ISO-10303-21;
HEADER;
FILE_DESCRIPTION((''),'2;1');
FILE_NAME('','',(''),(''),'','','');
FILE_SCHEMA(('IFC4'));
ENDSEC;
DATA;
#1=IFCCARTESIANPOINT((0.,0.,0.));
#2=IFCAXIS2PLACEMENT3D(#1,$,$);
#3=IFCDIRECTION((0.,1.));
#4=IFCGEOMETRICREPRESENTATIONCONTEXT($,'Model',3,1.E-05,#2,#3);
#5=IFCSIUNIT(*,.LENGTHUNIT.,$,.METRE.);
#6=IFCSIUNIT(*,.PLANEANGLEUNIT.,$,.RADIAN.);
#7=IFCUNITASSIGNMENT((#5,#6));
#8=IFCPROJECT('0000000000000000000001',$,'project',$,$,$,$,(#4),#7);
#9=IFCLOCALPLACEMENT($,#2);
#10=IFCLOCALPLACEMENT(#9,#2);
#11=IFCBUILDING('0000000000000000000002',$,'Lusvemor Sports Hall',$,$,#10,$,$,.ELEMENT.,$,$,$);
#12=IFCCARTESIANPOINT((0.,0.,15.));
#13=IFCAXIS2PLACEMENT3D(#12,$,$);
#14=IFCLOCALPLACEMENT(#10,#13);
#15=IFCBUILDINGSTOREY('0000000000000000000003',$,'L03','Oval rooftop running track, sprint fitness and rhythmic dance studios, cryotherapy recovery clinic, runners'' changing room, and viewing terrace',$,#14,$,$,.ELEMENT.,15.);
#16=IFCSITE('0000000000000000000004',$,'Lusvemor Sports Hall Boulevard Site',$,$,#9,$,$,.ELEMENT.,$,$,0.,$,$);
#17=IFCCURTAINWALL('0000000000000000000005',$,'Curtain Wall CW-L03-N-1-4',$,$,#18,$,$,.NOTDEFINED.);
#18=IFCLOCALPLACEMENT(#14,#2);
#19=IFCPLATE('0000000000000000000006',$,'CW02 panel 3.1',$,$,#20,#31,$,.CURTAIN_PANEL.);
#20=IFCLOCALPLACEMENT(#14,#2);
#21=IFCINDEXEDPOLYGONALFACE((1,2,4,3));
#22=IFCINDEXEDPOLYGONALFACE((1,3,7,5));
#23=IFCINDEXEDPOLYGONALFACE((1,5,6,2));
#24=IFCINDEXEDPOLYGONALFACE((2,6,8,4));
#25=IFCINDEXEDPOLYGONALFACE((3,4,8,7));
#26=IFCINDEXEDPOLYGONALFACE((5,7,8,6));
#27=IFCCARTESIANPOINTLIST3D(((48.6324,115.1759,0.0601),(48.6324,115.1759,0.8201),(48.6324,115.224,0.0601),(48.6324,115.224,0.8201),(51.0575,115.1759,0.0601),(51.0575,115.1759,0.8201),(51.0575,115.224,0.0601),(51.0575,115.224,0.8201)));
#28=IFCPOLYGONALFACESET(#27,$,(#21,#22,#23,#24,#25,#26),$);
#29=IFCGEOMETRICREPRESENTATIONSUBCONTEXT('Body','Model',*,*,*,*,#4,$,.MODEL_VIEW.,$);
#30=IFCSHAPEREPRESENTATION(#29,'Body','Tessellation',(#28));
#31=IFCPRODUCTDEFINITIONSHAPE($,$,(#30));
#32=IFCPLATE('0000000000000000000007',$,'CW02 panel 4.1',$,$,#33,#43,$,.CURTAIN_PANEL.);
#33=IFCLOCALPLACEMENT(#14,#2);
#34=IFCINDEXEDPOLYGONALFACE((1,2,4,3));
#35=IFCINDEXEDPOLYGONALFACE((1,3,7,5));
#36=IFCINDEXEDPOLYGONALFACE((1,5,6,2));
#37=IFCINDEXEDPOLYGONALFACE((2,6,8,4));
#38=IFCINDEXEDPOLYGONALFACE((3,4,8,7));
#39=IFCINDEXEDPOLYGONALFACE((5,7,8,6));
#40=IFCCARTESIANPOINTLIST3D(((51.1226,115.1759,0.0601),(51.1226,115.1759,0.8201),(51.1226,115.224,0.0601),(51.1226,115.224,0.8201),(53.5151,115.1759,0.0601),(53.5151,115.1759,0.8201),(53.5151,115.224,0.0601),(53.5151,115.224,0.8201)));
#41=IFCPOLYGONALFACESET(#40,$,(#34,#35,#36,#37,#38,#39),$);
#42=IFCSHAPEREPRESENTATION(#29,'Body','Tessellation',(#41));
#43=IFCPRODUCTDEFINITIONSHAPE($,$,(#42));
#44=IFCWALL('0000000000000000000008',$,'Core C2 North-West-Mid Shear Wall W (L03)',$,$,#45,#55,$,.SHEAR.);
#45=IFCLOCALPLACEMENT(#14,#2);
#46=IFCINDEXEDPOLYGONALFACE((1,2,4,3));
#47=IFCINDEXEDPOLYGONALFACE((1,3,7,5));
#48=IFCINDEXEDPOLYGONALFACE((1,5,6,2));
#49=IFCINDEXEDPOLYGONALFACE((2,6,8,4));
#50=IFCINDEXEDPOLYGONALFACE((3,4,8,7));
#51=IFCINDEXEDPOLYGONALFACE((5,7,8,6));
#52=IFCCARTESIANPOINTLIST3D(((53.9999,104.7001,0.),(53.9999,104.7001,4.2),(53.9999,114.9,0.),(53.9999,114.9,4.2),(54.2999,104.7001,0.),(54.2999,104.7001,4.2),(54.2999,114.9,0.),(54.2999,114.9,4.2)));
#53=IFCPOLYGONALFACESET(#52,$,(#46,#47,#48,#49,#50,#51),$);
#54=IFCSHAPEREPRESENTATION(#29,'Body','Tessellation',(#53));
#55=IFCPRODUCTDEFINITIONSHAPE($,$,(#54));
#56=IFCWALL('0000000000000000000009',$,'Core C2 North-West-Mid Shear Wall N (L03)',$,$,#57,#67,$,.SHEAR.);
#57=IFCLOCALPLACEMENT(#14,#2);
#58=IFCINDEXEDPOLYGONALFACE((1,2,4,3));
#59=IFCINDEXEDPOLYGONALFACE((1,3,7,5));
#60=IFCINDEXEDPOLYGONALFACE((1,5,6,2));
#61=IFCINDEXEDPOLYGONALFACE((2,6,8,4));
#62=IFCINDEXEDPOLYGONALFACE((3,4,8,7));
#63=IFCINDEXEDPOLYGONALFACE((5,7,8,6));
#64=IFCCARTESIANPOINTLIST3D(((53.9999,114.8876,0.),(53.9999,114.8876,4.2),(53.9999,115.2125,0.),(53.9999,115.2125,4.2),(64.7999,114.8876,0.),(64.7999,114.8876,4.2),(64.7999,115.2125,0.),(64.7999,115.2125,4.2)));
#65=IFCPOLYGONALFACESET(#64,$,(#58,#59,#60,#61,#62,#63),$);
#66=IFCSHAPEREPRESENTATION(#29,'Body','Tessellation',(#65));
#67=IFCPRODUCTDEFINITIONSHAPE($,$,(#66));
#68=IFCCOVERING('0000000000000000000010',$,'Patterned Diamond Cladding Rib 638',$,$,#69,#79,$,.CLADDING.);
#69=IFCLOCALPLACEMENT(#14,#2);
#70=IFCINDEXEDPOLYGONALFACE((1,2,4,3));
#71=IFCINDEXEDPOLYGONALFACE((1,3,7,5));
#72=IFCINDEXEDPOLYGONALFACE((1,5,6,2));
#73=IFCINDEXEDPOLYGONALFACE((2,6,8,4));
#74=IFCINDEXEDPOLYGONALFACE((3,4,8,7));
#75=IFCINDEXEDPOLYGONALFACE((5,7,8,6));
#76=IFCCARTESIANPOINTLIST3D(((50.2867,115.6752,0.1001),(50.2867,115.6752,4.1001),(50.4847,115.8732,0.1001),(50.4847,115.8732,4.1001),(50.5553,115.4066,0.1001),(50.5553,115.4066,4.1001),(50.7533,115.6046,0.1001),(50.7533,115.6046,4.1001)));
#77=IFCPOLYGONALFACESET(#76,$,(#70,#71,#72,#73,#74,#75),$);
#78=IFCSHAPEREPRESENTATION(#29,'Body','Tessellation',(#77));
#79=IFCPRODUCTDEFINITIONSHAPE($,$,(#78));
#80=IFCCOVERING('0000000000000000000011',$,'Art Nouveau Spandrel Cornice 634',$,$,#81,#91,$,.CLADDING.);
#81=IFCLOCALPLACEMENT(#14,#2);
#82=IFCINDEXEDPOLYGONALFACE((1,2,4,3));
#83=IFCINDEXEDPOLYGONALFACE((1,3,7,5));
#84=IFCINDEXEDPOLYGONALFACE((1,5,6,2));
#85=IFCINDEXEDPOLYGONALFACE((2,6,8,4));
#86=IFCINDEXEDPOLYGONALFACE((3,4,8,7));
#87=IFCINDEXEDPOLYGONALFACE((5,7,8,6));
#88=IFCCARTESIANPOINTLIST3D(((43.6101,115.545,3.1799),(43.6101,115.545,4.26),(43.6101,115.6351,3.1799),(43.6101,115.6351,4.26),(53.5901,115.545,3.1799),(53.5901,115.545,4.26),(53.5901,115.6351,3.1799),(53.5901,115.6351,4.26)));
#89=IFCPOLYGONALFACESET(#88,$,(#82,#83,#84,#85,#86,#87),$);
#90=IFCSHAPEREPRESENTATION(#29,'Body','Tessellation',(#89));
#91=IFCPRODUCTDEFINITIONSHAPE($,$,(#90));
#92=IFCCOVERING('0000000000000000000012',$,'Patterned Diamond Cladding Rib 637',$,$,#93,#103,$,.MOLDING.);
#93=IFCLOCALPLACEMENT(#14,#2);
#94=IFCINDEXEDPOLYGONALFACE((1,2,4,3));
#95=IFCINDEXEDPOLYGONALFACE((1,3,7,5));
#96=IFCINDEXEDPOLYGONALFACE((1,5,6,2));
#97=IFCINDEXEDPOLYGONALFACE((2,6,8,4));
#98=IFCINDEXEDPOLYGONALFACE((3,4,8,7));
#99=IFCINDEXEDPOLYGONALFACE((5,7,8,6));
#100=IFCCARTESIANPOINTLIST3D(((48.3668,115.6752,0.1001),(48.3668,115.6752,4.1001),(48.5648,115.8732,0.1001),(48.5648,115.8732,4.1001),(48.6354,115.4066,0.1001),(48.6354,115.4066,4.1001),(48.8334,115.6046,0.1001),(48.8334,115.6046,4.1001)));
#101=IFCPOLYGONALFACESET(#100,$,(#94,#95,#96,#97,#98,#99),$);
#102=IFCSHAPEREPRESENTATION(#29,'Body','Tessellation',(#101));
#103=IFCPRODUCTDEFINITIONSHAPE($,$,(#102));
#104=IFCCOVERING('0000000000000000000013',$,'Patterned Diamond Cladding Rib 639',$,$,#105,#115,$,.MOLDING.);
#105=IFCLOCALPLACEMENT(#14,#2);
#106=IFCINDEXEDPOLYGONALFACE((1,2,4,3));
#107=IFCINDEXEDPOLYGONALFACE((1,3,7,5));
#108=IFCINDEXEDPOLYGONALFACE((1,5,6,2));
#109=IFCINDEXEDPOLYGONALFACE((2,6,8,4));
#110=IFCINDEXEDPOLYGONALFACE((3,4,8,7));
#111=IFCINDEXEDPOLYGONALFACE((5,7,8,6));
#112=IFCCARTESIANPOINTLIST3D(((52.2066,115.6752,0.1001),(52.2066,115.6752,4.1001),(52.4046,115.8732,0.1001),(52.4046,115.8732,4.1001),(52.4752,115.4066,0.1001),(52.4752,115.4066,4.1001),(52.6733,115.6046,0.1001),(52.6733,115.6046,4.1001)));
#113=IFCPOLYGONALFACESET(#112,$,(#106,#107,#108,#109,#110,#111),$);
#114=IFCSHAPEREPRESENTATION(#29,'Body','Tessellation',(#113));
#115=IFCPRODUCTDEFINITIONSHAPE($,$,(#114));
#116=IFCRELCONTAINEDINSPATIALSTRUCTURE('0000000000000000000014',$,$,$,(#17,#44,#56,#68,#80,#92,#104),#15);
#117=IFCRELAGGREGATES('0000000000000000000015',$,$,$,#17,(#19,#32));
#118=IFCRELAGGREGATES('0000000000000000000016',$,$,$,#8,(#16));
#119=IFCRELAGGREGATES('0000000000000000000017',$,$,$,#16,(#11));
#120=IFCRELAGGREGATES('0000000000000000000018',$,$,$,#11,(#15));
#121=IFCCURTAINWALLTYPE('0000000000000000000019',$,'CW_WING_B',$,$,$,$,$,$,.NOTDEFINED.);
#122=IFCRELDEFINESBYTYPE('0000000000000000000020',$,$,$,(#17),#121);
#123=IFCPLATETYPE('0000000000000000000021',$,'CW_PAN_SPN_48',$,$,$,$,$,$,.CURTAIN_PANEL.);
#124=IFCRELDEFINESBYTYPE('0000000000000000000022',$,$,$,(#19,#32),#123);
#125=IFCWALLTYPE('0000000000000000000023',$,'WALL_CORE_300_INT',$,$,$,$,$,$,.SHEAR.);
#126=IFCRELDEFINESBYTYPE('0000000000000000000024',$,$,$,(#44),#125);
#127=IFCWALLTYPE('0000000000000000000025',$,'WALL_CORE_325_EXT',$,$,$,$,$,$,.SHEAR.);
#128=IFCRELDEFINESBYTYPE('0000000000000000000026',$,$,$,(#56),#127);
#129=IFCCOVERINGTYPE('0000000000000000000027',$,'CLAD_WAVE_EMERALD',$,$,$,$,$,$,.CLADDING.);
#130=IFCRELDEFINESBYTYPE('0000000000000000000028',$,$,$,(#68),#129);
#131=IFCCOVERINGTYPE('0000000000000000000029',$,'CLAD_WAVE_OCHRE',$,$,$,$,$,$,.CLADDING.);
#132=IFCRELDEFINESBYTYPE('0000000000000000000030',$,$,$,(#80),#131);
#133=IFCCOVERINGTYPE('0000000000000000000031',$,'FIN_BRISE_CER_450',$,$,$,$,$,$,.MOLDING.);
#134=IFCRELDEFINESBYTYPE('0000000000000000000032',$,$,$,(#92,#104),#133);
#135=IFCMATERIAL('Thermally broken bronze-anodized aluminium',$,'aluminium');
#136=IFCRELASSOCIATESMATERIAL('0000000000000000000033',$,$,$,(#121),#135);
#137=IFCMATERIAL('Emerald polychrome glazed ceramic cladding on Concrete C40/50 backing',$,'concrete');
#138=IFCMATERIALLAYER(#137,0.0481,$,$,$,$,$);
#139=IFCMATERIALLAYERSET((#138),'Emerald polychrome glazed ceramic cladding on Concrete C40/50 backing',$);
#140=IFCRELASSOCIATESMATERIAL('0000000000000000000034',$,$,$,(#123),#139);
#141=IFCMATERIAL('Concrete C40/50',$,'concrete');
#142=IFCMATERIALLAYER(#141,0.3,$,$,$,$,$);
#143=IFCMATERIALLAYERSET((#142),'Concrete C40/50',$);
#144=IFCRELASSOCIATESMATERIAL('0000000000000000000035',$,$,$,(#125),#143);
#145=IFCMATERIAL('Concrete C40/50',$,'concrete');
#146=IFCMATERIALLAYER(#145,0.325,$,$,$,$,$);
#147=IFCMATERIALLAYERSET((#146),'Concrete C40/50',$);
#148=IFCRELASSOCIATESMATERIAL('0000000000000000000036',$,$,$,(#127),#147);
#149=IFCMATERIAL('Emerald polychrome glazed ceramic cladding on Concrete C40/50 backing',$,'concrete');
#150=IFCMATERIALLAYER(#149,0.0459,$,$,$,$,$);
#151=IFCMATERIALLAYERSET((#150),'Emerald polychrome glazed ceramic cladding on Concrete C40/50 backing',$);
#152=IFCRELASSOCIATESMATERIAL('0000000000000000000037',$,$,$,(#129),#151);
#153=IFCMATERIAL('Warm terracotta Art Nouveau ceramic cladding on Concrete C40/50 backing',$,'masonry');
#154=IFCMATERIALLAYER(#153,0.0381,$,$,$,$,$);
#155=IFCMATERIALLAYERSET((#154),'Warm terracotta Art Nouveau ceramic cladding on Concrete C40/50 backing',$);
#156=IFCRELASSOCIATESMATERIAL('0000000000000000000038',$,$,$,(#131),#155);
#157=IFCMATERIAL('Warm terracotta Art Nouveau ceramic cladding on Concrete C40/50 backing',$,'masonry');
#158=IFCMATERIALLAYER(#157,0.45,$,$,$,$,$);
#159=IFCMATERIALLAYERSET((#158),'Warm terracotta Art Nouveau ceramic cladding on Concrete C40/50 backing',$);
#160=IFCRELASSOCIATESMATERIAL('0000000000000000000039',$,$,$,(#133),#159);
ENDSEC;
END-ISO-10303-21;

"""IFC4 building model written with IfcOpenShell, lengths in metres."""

from ifc_helpers import new_model, si_unit, direction, frame, frame_2d, origin, origin_2d, place, context, subcontext, project, spatial, rectangle, extrude, material, layer, layer_set, type_object, element, aggregate, save


model = new_model("IFC4")

# Units and contexts
model_context = context("Model", 3, precision=1e-05, world=origin(), true_north=direction((0.0, 1.0)))
body_context = subcontext(model_context, "Body", "Model", "MODEL_VIEW")
ifc_project = project(units=[si_unit("LENGTHUNIT", "METRE"), si_unit("PLANEANGLEUNIT", "RADIAN")], contexts=[model_context])

# Site, building, storey
site_placement = place(None, origin())
site = spatial("IfcSite", under=ifc_project, at=site_placement, Name="Lusvemor Sports Hall Boulevard Site", CompositionType="ELEMENT", RefElevation=0.0)
building_placement = place(site_placement, origin())
building = spatial("IfcBuilding", under=site, at=building_placement, Name="Lusvemor Sports Hall", CompositionType="ELEMENT")
storey_placement = place(building_placement, frame((0.0, 0.0, 15.0)))
storey = spatial("IfcBuildingStorey", under=building, at=storey_placement, Name="L03", Description="Oval rooftop running track, sprint fitness and rhythmic dance studios, cryotherapy recovery clinic, runners' changing room, and viewing terrace", CompositionType="ELEMENT", Elevation=15.0)

# Curtain wall
ifc_material_1 = material(Name="Thermally broken bronze-anodized aluminium", Category="aluminium")
curtain_wall_type = type_object("IfcCurtainWallType", Name="CW_WING_B", PredefinedType="NOTDEFINED", material=ifc_material_1)
curtain_wall_placement = place(storey_placement, origin())
curtain_wall = element("IfcCurtainWall", 1, at=curtain_wall_placement, inside=storey, type_object=curtain_wall_type, Name="Curtain Wall CW-L03-N-1-4", PredefinedType="NOTDEFINED")

# Plates
ifc_material_2 = material(Name="Emerald polychrome glazed ceramic cladding on Concrete C40/50 backing", Category="concrete")
ifc_layer_1 = layer(ifc_material_2, 0.0481)
ifc_layer_set_1 = layer_set([ifc_layer_1], Name="Emerald polychrome glazed ceramic cladding on Concrete C40/50 backing")
plate_type_1 = type_object("IfcPlateType", Name="CW_PAN_SPN_48", PredefinedType="CURTAIN_PANEL", material=ifc_layer_set_1)
plate_1_placement = place(storey_placement, frame((49.845, 115.2, 0.0601), z_axis=(0.0, 0.0, 1.0), x_axis=(1.0, 0.0, 0.0)))
plate_1 = element("IfcPlate", 2, at=plate_1_placement, type_object=plate_type_1, Name="CW02 panel 3.1", PredefinedType="CURTAIN_PANEL", context=body_context, shape_type="SweptSolid", body=[
    extrude(rectangle(XDim=2.425, YDim=0.0481, at=origin_2d()), origin(), (0.0, 0.0, 1.0), 0.76),
])
plate_2_placement = place(storey_placement, frame((52.3188, 115.2, 0.0601), z_axis=(0.0, 0.0, 1.0), x_axis=(1.0, 0.0, 0.0)))
plate_2 = element("IfcPlate", 3, at=plate_2_placement, type_object=plate_type_1, Name="CW02 panel 4.1", PredefinedType="CURTAIN_PANEL", context=body_context, shape_type="SweptSolid", body=[
    extrude(rectangle(XDim=2.3926, YDim=0.0481, at=origin_2d()), origin(), (0.0, 0.0, 1.0), 0.76),
])
aggregate(curtain_wall, [plate_1, plate_2])

# Walls
ifc_material_3 = material(Name="Concrete C40/50", Category="concrete")
ifc_layer_2 = layer(ifc_material_3, 0.3)
ifc_layer_set_2 = layer_set([ifc_layer_2], Name="Concrete C40/50")
wall_type_1 = type_object("IfcWallType", Name="WALL_CORE_300_INT", PredefinedType="SHEAR", material=ifc_layer_set_2)
wall_1_placement = place(storey_placement, frame((54.1499, 104.7, 0.0), z_axis=(0.0, 0.0, 1.0), x_axis=(0.0, 1.0, 0.0)))
element("IfcWall", 4, at=wall_1_placement, inside=storey, type_object=wall_type_1, Name="Core C2 North-West-Mid Shear Wall W (L03)", PredefinedType="SHEAR", context=body_context, shape_type="SweptSolid", body=[
    extrude(rectangle(XDim=10.2, YDim=0.3, at=frame_2d((5.1001, 0.0))), origin(), (0.0, 0.0, 1.0), 4.2),
])
ifc_material_4 = material(Name="Concrete C40/50", Category="concrete")
ifc_layer_3 = layer(ifc_material_4, 0.325)
ifc_layer_set_3 = layer_set([ifc_layer_3], Name="Concrete C40/50")
wall_type_2 = type_object("IfcWallType", Name="WALL_CORE_325_EXT", PredefinedType="SHEAR", material=ifc_layer_set_3)
wall_2_placement = place(storey_placement, frame((54.0, 115.05, 0.0), z_axis=(0.0, 0.0, 1.0), x_axis=(1.0, 0.0, 0.0)))
element("IfcWall", 5, at=wall_2_placement, inside=storey, type_object=wall_type_2, Name="Core C2 North-West-Mid Shear Wall N (L03)", PredefinedType="SHEAR", context=body_context, shape_type="SweptSolid", body=[
    extrude(rectangle(XDim=10.8, YDim=0.325, at=frame_2d((5.3999, 0.0))), origin(), (0.0, 0.0, 1.0), 4.2),
])

# Coverings
ifc_material_5 = material(Name="Emerald polychrome glazed ceramic cladding on Concrete C40/50 backing", Category="concrete")
ifc_layer_4 = layer(ifc_material_5, 0.0459)
ifc_layer_set_4 = layer_set([ifc_layer_4], Name="Emerald polychrome glazed ceramic cladding on Concrete C40/50 backing")
covering_type_1 = type_object("IfcCoveringType", Name="CLAD_WAVE_EMERALD", PredefinedType="CLADDING", material=ifc_layer_set_4)
covering_1_placement = place(storey_placement, frame((50.52, 115.6399, 0.1001), z_axis=(0.0, 0.0, 1.0), x_axis=(0.707107, 0.707107, 0.0)))
element("IfcCovering", 6, at=covering_1_placement, inside=storey, type_object=covering_type_1, Name="Patterned Diamond Cladding Rib 638", PredefinedType="CLADDING", context=body_context, shape_type="SweptSolid", body=[
    extrude(rectangle(XDim=0.28, YDim=0.3799, at=origin_2d()), origin(), (0.0, 0.0, 1.0), 4.0),
])
ifc_material_6 = material(Name="Warm terracotta Art Nouveau ceramic cladding on Concrete C40/50 backing", Category="masonry")
ifc_layer_5 = layer(ifc_material_6, 0.0381)
ifc_layer_set_5 = layer_set([ifc_layer_5], Name="Warm terracotta Art Nouveau ceramic cladding on Concrete C40/50 backing")
covering_type_2 = type_object("IfcCoveringType", Name="CLAD_WAVE_OCHRE", PredefinedType="CLADDING", material=ifc_layer_set_5)
covering_2_placement = place(storey_placement, frame((48.6001, 115.5901, 3.1799), z_axis=(0.0, 0.0, 1.0), x_axis=(1.0, 0.0, 0.0)))
element("IfcCovering", 7, at=covering_2_placement, inside=storey, type_object=covering_type_2, Name="Art Nouveau Spandrel Cornice 634", PredefinedType="CLADDING", context=body_context, shape_type="SweptSolid", body=[
    extrude(rectangle(XDim=9.98, YDim=0.0901, at=origin_2d()), origin(), (0.0, 0.0, 1.0), 1.0801),
])
ifc_material_7 = material(Name="Warm terracotta Art Nouveau ceramic cladding on Concrete C40/50 backing", Category="masonry")
ifc_layer_6 = layer(ifc_material_7, 0.45)
ifc_layer_set_6 = layer_set([ifc_layer_6], Name="Warm terracotta Art Nouveau ceramic cladding on Concrete C40/50 backing")
covering_type_3 = type_object("IfcCoveringType", Name="FIN_BRISE_CER_450", PredefinedType="MOLDING", material=ifc_layer_set_6)
for number, where, z_axis, x_axis, name in (
    (8, (48.6001, 115.6399, 0.1001), (0.0, 0.0, 1.0), (0.707107, 0.707107, 0.0), "Patterned Diamond Cladding Rib 637"),
    (9, (52.4399, 115.6399, 0.1001), (0.0, 0.0, 1.0), (0.707107, 0.707107, 0.0), "Patterned Diamond Cladding Rib 639"),
):
    element("IfcCovering", number, at=place(storey_placement, frame(where, z_axis=z_axis, x_axis=x_axis)), inside=storey, type_object=covering_type_3, Name=name, PredefinedType="MOLDING", context=body_context, shape_type="SweptSolid", body=[
        extrude(rectangle(XDim=0.28, YDim=0.3799, at=origin_2d()), origin(), (0.0, 0.0, 1.0), 4.0),
    ])

save(model, "model.ifc")
